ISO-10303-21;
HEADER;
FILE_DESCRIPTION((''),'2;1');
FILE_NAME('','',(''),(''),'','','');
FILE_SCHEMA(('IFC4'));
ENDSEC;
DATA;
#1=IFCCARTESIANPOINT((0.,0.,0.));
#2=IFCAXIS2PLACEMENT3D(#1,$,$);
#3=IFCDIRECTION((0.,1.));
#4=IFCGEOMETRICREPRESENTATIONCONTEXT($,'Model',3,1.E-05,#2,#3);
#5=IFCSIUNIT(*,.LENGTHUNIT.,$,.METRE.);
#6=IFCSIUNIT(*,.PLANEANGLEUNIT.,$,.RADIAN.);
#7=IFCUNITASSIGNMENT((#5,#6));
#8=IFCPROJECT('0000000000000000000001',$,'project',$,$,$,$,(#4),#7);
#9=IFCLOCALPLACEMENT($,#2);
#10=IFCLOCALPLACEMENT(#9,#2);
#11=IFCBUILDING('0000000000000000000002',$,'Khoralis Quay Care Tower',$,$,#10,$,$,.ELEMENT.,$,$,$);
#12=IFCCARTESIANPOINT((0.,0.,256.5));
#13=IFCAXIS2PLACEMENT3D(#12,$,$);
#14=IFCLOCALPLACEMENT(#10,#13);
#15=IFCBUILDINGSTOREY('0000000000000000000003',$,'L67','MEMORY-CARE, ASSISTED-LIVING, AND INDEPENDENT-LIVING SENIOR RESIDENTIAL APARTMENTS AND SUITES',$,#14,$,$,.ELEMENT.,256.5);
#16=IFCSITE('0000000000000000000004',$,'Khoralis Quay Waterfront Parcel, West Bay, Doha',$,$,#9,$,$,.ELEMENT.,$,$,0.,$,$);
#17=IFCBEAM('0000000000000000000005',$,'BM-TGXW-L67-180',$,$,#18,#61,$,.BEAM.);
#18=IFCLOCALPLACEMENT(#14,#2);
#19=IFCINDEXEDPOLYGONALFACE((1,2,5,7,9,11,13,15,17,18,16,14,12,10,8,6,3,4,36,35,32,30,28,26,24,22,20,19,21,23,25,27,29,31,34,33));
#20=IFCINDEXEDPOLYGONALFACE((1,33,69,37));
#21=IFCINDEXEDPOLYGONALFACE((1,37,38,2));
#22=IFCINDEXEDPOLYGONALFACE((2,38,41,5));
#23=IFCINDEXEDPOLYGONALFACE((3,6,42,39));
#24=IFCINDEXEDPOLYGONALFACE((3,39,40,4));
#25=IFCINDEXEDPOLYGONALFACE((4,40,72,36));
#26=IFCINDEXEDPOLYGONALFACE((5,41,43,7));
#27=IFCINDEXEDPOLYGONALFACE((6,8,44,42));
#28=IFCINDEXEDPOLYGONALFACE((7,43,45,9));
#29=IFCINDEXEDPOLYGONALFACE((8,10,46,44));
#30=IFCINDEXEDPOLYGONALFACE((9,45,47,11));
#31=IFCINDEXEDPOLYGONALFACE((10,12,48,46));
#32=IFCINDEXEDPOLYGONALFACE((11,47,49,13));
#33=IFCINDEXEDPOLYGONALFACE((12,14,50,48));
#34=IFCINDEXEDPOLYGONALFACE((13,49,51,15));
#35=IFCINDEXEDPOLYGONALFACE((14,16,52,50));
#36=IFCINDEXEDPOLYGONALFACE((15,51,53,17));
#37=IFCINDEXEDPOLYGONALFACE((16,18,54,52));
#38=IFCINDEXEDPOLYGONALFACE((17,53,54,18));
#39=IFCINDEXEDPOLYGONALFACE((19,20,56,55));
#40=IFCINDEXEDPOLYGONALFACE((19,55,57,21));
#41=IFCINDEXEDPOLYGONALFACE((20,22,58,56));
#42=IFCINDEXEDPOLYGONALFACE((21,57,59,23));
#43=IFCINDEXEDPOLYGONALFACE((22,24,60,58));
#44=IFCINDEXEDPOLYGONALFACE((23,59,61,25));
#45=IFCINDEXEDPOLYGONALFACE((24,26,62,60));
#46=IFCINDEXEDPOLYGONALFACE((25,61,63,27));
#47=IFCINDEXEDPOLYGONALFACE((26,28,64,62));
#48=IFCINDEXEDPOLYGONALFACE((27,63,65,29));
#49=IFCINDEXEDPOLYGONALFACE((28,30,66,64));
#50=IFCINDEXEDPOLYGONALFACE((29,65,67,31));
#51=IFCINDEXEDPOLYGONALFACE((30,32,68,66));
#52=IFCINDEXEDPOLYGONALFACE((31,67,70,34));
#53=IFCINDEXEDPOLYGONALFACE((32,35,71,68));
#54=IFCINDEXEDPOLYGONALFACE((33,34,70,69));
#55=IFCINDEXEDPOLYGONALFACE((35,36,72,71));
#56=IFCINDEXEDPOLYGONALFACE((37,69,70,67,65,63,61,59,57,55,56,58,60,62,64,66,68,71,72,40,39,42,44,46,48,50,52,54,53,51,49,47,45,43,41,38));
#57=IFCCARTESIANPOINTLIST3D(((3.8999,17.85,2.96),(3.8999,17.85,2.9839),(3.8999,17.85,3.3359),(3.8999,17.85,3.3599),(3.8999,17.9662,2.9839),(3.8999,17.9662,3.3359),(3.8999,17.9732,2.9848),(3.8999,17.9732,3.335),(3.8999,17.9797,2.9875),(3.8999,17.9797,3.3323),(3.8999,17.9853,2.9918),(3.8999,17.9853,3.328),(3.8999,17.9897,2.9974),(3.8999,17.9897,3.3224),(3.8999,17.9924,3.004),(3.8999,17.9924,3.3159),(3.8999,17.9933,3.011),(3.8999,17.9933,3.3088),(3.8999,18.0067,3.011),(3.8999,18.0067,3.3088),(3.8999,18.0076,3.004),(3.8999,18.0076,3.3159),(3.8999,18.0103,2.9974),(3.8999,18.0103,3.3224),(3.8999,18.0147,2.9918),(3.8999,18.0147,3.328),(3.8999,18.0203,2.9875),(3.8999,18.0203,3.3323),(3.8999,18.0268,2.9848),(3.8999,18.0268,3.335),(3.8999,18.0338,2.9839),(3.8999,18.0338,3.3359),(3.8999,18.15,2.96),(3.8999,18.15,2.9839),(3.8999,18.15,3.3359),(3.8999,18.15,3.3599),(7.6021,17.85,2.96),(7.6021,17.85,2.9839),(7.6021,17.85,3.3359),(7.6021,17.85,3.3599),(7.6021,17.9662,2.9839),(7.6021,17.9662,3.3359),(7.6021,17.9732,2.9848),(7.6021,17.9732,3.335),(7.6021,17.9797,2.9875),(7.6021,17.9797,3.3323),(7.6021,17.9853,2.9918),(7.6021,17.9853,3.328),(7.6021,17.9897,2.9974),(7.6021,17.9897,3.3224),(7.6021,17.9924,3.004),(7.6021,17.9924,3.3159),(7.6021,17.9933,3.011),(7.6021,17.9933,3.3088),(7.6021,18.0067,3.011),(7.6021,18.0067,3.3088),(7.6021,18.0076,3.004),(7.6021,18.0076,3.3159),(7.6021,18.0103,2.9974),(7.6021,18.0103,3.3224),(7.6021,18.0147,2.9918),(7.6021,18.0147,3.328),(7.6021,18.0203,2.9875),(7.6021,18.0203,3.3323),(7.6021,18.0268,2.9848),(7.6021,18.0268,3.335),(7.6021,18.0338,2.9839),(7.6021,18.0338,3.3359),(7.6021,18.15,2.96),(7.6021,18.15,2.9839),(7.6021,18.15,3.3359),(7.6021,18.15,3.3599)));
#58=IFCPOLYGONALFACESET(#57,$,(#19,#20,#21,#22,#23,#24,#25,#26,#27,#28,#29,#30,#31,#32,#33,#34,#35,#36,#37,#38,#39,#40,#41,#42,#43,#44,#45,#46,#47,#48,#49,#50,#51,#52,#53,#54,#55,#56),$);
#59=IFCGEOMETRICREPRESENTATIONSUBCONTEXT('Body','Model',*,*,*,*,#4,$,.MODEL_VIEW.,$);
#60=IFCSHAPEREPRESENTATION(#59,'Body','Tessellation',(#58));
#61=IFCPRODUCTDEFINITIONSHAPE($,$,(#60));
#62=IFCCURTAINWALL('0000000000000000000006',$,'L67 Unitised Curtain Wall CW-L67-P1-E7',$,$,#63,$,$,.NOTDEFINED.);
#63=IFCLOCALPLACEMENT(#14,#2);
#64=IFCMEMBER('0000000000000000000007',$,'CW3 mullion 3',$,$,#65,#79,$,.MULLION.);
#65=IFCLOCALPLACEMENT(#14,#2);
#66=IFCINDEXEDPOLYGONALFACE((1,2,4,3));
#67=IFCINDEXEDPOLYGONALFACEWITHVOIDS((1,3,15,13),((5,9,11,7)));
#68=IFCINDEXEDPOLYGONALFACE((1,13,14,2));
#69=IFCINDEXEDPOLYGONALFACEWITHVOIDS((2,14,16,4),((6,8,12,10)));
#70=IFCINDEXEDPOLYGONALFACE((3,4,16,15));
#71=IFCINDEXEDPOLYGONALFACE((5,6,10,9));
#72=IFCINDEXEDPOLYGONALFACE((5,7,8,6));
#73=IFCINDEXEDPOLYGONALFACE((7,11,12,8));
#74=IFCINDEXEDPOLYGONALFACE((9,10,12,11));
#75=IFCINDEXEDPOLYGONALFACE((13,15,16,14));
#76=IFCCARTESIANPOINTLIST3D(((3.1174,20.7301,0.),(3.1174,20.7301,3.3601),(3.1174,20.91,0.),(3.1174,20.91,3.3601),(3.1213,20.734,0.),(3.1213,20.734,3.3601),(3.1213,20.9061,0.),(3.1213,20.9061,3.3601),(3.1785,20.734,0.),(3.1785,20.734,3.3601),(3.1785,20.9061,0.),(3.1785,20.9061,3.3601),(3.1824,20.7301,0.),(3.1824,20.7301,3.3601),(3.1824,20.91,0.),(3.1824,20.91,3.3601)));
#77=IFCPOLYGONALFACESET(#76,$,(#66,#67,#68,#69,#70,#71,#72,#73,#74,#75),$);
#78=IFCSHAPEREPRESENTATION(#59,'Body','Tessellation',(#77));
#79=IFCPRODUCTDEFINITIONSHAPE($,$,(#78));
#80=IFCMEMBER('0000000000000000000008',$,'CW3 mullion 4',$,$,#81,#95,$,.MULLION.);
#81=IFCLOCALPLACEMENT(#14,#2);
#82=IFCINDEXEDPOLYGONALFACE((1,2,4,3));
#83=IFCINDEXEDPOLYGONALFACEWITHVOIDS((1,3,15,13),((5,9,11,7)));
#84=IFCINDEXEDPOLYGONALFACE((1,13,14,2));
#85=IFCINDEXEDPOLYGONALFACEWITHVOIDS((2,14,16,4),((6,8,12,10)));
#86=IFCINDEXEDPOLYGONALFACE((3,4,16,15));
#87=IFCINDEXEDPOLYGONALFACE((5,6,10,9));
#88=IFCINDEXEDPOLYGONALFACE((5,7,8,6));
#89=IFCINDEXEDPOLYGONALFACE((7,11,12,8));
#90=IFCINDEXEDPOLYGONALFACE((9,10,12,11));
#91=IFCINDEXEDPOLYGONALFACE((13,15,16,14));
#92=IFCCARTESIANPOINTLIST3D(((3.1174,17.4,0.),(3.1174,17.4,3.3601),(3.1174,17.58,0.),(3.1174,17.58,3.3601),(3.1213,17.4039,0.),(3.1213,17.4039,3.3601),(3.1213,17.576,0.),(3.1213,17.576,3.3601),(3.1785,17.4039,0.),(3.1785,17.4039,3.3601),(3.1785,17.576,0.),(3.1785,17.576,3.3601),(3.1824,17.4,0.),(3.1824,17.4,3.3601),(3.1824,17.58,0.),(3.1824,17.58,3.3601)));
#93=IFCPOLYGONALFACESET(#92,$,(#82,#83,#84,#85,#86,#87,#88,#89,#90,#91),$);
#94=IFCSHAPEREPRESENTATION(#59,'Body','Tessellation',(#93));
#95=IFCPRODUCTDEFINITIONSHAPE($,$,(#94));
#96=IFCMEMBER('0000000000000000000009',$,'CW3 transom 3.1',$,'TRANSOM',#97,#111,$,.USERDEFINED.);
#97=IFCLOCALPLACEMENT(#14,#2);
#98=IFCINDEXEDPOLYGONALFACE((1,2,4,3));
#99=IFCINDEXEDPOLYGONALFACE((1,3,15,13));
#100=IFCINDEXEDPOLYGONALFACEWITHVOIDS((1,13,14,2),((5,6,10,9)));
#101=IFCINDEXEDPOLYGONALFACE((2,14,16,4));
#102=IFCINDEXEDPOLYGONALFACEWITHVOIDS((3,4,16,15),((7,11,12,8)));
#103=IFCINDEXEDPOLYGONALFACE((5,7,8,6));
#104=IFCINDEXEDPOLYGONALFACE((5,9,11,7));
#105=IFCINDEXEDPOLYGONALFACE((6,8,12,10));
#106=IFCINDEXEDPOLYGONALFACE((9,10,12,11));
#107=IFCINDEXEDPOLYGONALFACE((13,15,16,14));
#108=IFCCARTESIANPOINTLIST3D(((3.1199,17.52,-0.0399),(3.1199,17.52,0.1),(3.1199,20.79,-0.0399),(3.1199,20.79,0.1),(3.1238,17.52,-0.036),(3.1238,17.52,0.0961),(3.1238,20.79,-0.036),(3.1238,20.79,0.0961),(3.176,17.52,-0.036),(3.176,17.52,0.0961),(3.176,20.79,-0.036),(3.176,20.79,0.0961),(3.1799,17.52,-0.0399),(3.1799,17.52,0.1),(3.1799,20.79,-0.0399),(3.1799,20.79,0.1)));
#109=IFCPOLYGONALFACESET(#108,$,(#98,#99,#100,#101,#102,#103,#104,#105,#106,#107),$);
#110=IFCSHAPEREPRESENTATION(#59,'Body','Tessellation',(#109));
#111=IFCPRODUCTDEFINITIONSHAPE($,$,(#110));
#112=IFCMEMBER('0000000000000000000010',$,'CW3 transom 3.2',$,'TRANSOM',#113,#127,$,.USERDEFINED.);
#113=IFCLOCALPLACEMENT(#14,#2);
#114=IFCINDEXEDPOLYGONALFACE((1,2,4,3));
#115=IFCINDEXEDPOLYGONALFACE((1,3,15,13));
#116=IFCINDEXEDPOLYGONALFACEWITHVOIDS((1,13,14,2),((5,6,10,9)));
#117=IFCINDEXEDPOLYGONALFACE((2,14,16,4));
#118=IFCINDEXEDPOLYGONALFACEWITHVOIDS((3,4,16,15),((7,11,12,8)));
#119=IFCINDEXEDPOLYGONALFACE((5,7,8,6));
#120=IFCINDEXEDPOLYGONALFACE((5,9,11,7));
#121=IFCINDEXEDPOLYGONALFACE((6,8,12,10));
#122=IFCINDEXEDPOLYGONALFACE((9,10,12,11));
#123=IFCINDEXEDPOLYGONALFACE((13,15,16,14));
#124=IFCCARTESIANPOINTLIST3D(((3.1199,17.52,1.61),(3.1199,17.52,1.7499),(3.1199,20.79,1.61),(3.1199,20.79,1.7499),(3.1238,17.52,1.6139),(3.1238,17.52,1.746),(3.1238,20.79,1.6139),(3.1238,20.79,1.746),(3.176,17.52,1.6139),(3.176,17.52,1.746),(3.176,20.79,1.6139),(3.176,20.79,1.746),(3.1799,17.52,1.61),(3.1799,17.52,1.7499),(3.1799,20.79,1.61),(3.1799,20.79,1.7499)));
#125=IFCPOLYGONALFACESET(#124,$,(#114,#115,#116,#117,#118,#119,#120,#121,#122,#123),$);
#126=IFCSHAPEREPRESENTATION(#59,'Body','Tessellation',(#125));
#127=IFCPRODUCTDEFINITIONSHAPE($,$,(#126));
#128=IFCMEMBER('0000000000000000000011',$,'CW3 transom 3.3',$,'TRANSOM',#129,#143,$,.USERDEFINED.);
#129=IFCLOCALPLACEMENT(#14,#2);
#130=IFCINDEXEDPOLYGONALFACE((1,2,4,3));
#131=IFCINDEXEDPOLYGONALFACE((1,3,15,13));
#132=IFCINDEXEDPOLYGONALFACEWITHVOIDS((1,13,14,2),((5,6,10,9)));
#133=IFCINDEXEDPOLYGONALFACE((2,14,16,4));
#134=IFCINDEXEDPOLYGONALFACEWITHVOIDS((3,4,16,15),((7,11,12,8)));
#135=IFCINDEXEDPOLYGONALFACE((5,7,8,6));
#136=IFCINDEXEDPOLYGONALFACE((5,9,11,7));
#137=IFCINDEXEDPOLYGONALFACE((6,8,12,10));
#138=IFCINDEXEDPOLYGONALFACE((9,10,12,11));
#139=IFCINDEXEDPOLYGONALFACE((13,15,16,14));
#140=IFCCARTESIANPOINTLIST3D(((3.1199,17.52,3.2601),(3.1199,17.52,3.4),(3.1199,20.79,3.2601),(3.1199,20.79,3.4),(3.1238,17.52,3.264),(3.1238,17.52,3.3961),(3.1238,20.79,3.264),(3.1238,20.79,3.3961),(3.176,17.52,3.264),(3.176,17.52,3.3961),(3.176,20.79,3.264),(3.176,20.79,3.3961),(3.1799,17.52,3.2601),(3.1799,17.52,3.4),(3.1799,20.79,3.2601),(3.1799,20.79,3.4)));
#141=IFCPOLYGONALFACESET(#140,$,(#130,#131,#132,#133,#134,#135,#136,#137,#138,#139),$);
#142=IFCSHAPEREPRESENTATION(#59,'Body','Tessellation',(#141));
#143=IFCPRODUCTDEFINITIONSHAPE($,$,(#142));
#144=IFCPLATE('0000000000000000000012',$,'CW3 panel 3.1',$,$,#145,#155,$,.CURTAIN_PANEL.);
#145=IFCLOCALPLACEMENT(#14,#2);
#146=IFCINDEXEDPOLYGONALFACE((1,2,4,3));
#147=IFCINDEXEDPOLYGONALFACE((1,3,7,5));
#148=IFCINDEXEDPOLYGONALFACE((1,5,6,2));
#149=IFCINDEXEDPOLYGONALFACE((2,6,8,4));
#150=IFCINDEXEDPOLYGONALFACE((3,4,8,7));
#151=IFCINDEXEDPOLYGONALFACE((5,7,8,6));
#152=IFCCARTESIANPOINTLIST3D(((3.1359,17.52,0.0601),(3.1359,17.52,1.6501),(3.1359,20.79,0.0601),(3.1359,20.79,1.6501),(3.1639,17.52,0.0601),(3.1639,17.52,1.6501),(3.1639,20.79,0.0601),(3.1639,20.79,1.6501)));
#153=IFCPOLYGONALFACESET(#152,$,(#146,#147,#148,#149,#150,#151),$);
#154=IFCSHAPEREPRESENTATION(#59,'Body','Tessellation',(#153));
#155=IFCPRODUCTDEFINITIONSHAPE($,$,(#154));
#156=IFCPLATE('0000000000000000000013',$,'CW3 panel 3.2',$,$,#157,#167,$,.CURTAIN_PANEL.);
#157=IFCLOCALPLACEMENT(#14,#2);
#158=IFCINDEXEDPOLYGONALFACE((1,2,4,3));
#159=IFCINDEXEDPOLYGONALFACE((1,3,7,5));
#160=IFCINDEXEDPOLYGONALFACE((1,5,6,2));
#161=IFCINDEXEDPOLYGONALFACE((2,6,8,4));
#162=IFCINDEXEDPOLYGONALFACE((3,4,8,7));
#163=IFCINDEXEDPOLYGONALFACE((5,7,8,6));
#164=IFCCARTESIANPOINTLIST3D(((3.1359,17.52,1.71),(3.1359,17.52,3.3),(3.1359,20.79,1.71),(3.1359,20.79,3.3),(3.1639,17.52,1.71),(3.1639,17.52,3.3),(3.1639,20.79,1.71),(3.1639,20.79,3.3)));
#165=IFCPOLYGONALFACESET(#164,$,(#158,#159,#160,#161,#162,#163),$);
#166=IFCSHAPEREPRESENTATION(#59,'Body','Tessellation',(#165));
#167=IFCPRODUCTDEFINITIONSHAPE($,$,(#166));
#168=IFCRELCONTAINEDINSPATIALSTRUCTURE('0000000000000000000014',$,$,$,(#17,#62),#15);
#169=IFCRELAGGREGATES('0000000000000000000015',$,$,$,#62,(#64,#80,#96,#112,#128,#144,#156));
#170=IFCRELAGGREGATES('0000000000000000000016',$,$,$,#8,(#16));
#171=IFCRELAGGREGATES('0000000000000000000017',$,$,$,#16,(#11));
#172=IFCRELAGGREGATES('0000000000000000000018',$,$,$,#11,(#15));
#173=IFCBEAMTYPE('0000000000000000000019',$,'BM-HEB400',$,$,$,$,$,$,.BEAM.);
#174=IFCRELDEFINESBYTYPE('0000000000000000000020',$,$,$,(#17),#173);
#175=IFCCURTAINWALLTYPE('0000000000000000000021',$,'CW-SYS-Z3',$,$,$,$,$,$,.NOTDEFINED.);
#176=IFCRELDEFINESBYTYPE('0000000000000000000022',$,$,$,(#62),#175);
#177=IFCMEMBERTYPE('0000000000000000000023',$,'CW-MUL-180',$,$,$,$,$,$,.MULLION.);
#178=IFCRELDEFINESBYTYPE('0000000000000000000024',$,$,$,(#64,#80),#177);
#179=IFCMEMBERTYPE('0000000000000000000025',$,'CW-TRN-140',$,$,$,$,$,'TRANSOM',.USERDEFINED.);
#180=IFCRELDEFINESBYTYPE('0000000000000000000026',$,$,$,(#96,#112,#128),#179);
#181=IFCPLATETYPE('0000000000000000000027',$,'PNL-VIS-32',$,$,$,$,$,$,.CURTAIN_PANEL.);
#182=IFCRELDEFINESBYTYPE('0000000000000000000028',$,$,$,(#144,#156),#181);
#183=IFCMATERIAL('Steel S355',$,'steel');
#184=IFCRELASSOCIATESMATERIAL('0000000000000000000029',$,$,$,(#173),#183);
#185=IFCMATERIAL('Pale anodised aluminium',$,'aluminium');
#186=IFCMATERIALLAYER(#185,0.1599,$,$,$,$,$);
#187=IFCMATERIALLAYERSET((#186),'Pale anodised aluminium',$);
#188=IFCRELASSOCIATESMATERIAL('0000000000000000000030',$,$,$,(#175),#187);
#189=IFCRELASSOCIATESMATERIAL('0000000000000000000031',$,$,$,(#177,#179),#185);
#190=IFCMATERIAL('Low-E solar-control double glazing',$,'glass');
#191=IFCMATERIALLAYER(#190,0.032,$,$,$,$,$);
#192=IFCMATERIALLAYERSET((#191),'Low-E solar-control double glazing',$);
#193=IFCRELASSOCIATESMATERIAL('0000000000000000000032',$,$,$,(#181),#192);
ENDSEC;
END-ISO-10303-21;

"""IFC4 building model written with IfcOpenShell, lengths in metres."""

from ifc_helpers import new_model, si_unit, direction, frame, origin, origin_2d, place, context, subcontext, project, spatial, rectangle, hollow_rectangle, i_section, extrude, source, transform, mapped, material, layer, layer_set, material_profile, profile_set, type_object, element, aggregate, save


model = new_model("IFC4")

# Units and contexts
model_context = context("Model", 3, precision=1e-05, world=origin(), true_north=direction((0.0, 1.0)))
body_context = subcontext(model_context, "Body", "Model", "MODEL_VIEW")
ifc_project = project(units=[si_unit("LENGTHUNIT", "METRE"), si_unit("PLANEANGLEUNIT", "RADIAN")], contexts=[model_context])

# Site, building, storey
site_placement = place(None, origin())
site = spatial("IfcSite", under=ifc_project, at=site_placement, Name="Khoralis Quay Waterfront Parcel, West Bay, Doha", CompositionType="ELEMENT", RefElevation=0.0)
building_placement = place(site_placement, origin())
building = spatial("IfcBuilding", under=site, at=building_placement, Name="Khoralis Quay Care Tower", CompositionType="ELEMENT")
storey_placement = place(building_placement, frame((0.0, 0.0, 256.5)))
storey = spatial("IfcBuildingStorey", under=building, at=storey_placement, Name="L67", Description="MEMORY-CARE, ASSISTED-LIVING, AND INDEPENDENT-LIVING SENIOR RESIDENTIAL APARTMENTS AND SUITES", CompositionType="ELEMENT", Elevation=256.5)

# Beam
ifc_material_1 = material(Name="Steel S355", Category="steel")
ifc_material_profile_1 = material_profile(ifc_material_1, i_section(OverallWidth=0.3, OverallDepth=0.3999, WebThickness=0.0134, FlangeThickness=0.0239, FilletRadius=0.0271, at=origin_2d()), Name="Steel S355")
ifc_profile_set_1 = profile_set([ifc_material_profile_1], Name="Steel S355")
beam_type_1 = type_object("IfcBeamType", Name="BM-HEB400", PredefinedType="BEAM", material=ifc_profile_set_1)
shared_shape_1 = source(origin(), body_context, "Body", "SweptSolid", [
    extrude(i_section(OverallWidth=0.3, OverallDepth=0.3999, WebThickness=0.0134, FlangeThickness=0.0239, FilletRadius=0.0271, at=origin_2d()), origin(), (0.0, 0.0, 1.0), 3.7021),
])
beam_1_placement = place(storey_placement, frame((3.8999, 18.0, 3.1599), z_axis=(1.0, 0.0, 0.0), x_axis=(0.0, 1.0, 0.0)))
element("IfcBeam", 1, at=beam_1_placement, inside=storey, type_object=beam_type_1, Name="BM-TGXW-L67-180", PredefinedType="BEAM", context=body_context, shape_type="MappedRepresentation", body=[
    mapped(shared_shape_1, transform((0.0, 0.0, 0.0), scale=1.0)),
])

# Curtain wall, members, plates
ifc_material_2 = material(Name="Pale anodised aluminium", Category="aluminium")
ifc_layer_1 = layer(ifc_material_2, 0.1599)
ifc_layer_set_1 = layer_set([ifc_layer_1], Name="Pale anodised aluminium")
curtain_wall_type = type_object("IfcCurtainWallType", Name="CW-SYS-Z3", PredefinedType="NOTDEFINED", material=ifc_layer_set_1)
curtain_wall_placement = place(storey_placement, origin())
curtain_wall = element("IfcCurtainWall", 2, at=curtain_wall_placement, inside=storey, type_object=curtain_wall_type, Name="L67 Unitised Curtain Wall CW-L67-P1-E7", PredefinedType="NOTDEFINED")
ifc_material_profile_2 = material_profile(ifc_material_2, hollow_rectangle(XDim=0.0649, YDim=0.1799, WallThickness=0.0039, at=origin_2d()), Name="Pale anodised aluminium")
ifc_profile_set_2 = profile_set([ifc_material_profile_2], Name="Pale anodised aluminium")
member_type_1 = type_object("IfcMemberType", Name="CW-MUL-180", PredefinedType="MULLION", material=ifc_profile_set_2)
shared_shape_2 = source(origin(), body_context, "Body", "SweptSolid", [
    extrude(hollow_rectangle(XDim=0.0649, YDim=0.1799, WallThickness=0.0039, at=origin_2d()), origin(), (0.0, 0.0, 1.0), 3.3601),
])
member_1_placement = place(storey_placement, frame((3.1499, 20.8201, 0.0), z_axis=(0.0, 0.0, 1.0), x_axis=(1.0, 0.0, 0.0)))
member_1 = element("IfcMember", 3, at=member_1_placement, type_object=member_type_1, Name="CW3 mullion 3", PredefinedType="MULLION", context=body_context, shape_type="MappedRepresentation", body=[
    mapped(shared_shape_2, transform((0.0, 0.0, 0.0), scale=1.0)),
])
member_2_placement = place(storey_placement, frame((3.1499, 17.49, 0.0), z_axis=(0.0, 0.0, 1.0), x_axis=(1.0, 0.0, 0.0)))
member_2 = element("IfcMember", 4, at=member_2_placement, type_object=member_type_1, Name="CW3 mullion 4", PredefinedType="MULLION", context=body_context, shape_type="MappedRepresentation", body=[
    mapped(shared_shape_2, transform((0.0, 0.0, 0.0), scale=1.0)),
])
ifc_material_profile_3 = material_profile(ifc_material_2, hollow_rectangle(XDim=0.0601, YDim=0.1399, WallThickness=0.0039, at=origin_2d()), Name="Pale anodised aluminium")
ifc_profile_set_3 = profile_set([ifc_material_profile_3], Name="Pale anodised aluminium")
member_type_2 = type_object("IfcMemberType", Name="CW-TRN-140", ElementType="TRANSOM", PredefinedType="USERDEFINED", material=ifc_profile_set_3)
shared_shape_3 = source(origin(), body_context, "Body", "SweptSolid", [
    extrude(hollow_rectangle(XDim=0.0601, YDim=0.1399, WallThickness=0.0039, at=origin_2d()), origin(), (0.0, 0.0, 1.0), 3.27),
])
member_3_placement = place(storey_placement, frame((3.1499, 20.79, 0.03), z_axis=(0.0, -1.0, 0.0), x_axis=(1.0, 0.0, 0.0)))
member_3 = element("IfcMember", 5, at=member_3_placement, type_object=member_type_2, Name="CW3 transom 3.1", ObjectType="TRANSOM", PredefinedType="USERDEFINED", context=body_context, shape_type="MappedRepresentation", body=[
    mapped(shared_shape_3, transform((0.0, 0.0, 0.0), scale=1.0)),
])
member_4_placement = place(storey_placement, frame((3.1499, 20.79, 1.6799), z_axis=(0.0, -1.0, 0.0), x_axis=(1.0, 0.0, 0.0)))
member_4 = element("IfcMember", 6, at=member_4_placement, type_object=member_type_2, Name="CW3 transom 3.2", ObjectType="TRANSOM", PredefinedType="USERDEFINED", context=body_context, shape_type="MappedRepresentation", body=[
    mapped(shared_shape_3, transform((0.0, 0.0, 0.0), scale=1.0)),
])
member_5_placement = place(storey_placement, frame((3.1499, 20.79, 3.3301), z_axis=(0.0, -1.0, 0.0), x_axis=(1.0, 0.0, 0.0)))
member_5 = element("IfcMember", 7, at=member_5_placement, type_object=member_type_2, Name="CW3 transom 3.3", ObjectType="TRANSOM", PredefinedType="USERDEFINED", context=body_context, shape_type="MappedRepresentation", body=[
    mapped(shared_shape_3, transform((0.0, 0.0, 0.0), scale=1.0)),
])
ifc_material_3 = material(Name="Low-E solar-control double glazing", Category="glass")
ifc_layer_2 = layer(ifc_material_3, 0.032)
ifc_layer_set_2 = layer_set([ifc_layer_2], Name="Low-E solar-control double glazing")
plate_type = type_object("IfcPlateType", Name="PNL-VIS-32", PredefinedType="CURTAIN_PANEL", material=ifc_layer_set_2)
shared_shape_4 = source(origin(), body_context, "Body", "SweptSolid", [
    extrude(rectangle(XDim=3.27, YDim=0.0281, at=origin_2d()), origin(), (0.0, 0.0, 1.0), 1.5901),
])
plate_1_placement = place(storey_placement, frame((3.1499, 19.155, 0.0601), z_axis=(0.0, 0.0, 1.0), x_axis=(0.0, -1.0, 0.0)))
plate_1 = element("IfcPlate", 8, at=plate_1_placement, type_object=plate_type, Name="CW3 panel 3.1", PredefinedType="CURTAIN_PANEL", context=body_context, shape_type="MappedRepresentation", body=[
    mapped(shared_shape_4, transform((0.0, 0.0, 0.0), scale=1.0)),
])
plate_2_placement = place(storey_placement, frame((3.1499, 19.155, 1.71), z_axis=(0.0, 0.0, 1.0), x_axis=(0.0, -1.0, 0.0)))
plate_2 = element("IfcPlate", 9, at=plate_2_placement, type_object=plate_type, Name="CW3 panel 3.2", PredefinedType="CURTAIN_PANEL", context=body_context, shape_type="MappedRepresentation", body=[
    mapped(shared_shape_4, transform((0.0, 0.0, 0.0), scale=1.0)),
])
aggregate(curtain_wall, [member_1, member_2, member_3, member_4, member_5, plate_1, plate_2])

save(model, "model.ifc")
